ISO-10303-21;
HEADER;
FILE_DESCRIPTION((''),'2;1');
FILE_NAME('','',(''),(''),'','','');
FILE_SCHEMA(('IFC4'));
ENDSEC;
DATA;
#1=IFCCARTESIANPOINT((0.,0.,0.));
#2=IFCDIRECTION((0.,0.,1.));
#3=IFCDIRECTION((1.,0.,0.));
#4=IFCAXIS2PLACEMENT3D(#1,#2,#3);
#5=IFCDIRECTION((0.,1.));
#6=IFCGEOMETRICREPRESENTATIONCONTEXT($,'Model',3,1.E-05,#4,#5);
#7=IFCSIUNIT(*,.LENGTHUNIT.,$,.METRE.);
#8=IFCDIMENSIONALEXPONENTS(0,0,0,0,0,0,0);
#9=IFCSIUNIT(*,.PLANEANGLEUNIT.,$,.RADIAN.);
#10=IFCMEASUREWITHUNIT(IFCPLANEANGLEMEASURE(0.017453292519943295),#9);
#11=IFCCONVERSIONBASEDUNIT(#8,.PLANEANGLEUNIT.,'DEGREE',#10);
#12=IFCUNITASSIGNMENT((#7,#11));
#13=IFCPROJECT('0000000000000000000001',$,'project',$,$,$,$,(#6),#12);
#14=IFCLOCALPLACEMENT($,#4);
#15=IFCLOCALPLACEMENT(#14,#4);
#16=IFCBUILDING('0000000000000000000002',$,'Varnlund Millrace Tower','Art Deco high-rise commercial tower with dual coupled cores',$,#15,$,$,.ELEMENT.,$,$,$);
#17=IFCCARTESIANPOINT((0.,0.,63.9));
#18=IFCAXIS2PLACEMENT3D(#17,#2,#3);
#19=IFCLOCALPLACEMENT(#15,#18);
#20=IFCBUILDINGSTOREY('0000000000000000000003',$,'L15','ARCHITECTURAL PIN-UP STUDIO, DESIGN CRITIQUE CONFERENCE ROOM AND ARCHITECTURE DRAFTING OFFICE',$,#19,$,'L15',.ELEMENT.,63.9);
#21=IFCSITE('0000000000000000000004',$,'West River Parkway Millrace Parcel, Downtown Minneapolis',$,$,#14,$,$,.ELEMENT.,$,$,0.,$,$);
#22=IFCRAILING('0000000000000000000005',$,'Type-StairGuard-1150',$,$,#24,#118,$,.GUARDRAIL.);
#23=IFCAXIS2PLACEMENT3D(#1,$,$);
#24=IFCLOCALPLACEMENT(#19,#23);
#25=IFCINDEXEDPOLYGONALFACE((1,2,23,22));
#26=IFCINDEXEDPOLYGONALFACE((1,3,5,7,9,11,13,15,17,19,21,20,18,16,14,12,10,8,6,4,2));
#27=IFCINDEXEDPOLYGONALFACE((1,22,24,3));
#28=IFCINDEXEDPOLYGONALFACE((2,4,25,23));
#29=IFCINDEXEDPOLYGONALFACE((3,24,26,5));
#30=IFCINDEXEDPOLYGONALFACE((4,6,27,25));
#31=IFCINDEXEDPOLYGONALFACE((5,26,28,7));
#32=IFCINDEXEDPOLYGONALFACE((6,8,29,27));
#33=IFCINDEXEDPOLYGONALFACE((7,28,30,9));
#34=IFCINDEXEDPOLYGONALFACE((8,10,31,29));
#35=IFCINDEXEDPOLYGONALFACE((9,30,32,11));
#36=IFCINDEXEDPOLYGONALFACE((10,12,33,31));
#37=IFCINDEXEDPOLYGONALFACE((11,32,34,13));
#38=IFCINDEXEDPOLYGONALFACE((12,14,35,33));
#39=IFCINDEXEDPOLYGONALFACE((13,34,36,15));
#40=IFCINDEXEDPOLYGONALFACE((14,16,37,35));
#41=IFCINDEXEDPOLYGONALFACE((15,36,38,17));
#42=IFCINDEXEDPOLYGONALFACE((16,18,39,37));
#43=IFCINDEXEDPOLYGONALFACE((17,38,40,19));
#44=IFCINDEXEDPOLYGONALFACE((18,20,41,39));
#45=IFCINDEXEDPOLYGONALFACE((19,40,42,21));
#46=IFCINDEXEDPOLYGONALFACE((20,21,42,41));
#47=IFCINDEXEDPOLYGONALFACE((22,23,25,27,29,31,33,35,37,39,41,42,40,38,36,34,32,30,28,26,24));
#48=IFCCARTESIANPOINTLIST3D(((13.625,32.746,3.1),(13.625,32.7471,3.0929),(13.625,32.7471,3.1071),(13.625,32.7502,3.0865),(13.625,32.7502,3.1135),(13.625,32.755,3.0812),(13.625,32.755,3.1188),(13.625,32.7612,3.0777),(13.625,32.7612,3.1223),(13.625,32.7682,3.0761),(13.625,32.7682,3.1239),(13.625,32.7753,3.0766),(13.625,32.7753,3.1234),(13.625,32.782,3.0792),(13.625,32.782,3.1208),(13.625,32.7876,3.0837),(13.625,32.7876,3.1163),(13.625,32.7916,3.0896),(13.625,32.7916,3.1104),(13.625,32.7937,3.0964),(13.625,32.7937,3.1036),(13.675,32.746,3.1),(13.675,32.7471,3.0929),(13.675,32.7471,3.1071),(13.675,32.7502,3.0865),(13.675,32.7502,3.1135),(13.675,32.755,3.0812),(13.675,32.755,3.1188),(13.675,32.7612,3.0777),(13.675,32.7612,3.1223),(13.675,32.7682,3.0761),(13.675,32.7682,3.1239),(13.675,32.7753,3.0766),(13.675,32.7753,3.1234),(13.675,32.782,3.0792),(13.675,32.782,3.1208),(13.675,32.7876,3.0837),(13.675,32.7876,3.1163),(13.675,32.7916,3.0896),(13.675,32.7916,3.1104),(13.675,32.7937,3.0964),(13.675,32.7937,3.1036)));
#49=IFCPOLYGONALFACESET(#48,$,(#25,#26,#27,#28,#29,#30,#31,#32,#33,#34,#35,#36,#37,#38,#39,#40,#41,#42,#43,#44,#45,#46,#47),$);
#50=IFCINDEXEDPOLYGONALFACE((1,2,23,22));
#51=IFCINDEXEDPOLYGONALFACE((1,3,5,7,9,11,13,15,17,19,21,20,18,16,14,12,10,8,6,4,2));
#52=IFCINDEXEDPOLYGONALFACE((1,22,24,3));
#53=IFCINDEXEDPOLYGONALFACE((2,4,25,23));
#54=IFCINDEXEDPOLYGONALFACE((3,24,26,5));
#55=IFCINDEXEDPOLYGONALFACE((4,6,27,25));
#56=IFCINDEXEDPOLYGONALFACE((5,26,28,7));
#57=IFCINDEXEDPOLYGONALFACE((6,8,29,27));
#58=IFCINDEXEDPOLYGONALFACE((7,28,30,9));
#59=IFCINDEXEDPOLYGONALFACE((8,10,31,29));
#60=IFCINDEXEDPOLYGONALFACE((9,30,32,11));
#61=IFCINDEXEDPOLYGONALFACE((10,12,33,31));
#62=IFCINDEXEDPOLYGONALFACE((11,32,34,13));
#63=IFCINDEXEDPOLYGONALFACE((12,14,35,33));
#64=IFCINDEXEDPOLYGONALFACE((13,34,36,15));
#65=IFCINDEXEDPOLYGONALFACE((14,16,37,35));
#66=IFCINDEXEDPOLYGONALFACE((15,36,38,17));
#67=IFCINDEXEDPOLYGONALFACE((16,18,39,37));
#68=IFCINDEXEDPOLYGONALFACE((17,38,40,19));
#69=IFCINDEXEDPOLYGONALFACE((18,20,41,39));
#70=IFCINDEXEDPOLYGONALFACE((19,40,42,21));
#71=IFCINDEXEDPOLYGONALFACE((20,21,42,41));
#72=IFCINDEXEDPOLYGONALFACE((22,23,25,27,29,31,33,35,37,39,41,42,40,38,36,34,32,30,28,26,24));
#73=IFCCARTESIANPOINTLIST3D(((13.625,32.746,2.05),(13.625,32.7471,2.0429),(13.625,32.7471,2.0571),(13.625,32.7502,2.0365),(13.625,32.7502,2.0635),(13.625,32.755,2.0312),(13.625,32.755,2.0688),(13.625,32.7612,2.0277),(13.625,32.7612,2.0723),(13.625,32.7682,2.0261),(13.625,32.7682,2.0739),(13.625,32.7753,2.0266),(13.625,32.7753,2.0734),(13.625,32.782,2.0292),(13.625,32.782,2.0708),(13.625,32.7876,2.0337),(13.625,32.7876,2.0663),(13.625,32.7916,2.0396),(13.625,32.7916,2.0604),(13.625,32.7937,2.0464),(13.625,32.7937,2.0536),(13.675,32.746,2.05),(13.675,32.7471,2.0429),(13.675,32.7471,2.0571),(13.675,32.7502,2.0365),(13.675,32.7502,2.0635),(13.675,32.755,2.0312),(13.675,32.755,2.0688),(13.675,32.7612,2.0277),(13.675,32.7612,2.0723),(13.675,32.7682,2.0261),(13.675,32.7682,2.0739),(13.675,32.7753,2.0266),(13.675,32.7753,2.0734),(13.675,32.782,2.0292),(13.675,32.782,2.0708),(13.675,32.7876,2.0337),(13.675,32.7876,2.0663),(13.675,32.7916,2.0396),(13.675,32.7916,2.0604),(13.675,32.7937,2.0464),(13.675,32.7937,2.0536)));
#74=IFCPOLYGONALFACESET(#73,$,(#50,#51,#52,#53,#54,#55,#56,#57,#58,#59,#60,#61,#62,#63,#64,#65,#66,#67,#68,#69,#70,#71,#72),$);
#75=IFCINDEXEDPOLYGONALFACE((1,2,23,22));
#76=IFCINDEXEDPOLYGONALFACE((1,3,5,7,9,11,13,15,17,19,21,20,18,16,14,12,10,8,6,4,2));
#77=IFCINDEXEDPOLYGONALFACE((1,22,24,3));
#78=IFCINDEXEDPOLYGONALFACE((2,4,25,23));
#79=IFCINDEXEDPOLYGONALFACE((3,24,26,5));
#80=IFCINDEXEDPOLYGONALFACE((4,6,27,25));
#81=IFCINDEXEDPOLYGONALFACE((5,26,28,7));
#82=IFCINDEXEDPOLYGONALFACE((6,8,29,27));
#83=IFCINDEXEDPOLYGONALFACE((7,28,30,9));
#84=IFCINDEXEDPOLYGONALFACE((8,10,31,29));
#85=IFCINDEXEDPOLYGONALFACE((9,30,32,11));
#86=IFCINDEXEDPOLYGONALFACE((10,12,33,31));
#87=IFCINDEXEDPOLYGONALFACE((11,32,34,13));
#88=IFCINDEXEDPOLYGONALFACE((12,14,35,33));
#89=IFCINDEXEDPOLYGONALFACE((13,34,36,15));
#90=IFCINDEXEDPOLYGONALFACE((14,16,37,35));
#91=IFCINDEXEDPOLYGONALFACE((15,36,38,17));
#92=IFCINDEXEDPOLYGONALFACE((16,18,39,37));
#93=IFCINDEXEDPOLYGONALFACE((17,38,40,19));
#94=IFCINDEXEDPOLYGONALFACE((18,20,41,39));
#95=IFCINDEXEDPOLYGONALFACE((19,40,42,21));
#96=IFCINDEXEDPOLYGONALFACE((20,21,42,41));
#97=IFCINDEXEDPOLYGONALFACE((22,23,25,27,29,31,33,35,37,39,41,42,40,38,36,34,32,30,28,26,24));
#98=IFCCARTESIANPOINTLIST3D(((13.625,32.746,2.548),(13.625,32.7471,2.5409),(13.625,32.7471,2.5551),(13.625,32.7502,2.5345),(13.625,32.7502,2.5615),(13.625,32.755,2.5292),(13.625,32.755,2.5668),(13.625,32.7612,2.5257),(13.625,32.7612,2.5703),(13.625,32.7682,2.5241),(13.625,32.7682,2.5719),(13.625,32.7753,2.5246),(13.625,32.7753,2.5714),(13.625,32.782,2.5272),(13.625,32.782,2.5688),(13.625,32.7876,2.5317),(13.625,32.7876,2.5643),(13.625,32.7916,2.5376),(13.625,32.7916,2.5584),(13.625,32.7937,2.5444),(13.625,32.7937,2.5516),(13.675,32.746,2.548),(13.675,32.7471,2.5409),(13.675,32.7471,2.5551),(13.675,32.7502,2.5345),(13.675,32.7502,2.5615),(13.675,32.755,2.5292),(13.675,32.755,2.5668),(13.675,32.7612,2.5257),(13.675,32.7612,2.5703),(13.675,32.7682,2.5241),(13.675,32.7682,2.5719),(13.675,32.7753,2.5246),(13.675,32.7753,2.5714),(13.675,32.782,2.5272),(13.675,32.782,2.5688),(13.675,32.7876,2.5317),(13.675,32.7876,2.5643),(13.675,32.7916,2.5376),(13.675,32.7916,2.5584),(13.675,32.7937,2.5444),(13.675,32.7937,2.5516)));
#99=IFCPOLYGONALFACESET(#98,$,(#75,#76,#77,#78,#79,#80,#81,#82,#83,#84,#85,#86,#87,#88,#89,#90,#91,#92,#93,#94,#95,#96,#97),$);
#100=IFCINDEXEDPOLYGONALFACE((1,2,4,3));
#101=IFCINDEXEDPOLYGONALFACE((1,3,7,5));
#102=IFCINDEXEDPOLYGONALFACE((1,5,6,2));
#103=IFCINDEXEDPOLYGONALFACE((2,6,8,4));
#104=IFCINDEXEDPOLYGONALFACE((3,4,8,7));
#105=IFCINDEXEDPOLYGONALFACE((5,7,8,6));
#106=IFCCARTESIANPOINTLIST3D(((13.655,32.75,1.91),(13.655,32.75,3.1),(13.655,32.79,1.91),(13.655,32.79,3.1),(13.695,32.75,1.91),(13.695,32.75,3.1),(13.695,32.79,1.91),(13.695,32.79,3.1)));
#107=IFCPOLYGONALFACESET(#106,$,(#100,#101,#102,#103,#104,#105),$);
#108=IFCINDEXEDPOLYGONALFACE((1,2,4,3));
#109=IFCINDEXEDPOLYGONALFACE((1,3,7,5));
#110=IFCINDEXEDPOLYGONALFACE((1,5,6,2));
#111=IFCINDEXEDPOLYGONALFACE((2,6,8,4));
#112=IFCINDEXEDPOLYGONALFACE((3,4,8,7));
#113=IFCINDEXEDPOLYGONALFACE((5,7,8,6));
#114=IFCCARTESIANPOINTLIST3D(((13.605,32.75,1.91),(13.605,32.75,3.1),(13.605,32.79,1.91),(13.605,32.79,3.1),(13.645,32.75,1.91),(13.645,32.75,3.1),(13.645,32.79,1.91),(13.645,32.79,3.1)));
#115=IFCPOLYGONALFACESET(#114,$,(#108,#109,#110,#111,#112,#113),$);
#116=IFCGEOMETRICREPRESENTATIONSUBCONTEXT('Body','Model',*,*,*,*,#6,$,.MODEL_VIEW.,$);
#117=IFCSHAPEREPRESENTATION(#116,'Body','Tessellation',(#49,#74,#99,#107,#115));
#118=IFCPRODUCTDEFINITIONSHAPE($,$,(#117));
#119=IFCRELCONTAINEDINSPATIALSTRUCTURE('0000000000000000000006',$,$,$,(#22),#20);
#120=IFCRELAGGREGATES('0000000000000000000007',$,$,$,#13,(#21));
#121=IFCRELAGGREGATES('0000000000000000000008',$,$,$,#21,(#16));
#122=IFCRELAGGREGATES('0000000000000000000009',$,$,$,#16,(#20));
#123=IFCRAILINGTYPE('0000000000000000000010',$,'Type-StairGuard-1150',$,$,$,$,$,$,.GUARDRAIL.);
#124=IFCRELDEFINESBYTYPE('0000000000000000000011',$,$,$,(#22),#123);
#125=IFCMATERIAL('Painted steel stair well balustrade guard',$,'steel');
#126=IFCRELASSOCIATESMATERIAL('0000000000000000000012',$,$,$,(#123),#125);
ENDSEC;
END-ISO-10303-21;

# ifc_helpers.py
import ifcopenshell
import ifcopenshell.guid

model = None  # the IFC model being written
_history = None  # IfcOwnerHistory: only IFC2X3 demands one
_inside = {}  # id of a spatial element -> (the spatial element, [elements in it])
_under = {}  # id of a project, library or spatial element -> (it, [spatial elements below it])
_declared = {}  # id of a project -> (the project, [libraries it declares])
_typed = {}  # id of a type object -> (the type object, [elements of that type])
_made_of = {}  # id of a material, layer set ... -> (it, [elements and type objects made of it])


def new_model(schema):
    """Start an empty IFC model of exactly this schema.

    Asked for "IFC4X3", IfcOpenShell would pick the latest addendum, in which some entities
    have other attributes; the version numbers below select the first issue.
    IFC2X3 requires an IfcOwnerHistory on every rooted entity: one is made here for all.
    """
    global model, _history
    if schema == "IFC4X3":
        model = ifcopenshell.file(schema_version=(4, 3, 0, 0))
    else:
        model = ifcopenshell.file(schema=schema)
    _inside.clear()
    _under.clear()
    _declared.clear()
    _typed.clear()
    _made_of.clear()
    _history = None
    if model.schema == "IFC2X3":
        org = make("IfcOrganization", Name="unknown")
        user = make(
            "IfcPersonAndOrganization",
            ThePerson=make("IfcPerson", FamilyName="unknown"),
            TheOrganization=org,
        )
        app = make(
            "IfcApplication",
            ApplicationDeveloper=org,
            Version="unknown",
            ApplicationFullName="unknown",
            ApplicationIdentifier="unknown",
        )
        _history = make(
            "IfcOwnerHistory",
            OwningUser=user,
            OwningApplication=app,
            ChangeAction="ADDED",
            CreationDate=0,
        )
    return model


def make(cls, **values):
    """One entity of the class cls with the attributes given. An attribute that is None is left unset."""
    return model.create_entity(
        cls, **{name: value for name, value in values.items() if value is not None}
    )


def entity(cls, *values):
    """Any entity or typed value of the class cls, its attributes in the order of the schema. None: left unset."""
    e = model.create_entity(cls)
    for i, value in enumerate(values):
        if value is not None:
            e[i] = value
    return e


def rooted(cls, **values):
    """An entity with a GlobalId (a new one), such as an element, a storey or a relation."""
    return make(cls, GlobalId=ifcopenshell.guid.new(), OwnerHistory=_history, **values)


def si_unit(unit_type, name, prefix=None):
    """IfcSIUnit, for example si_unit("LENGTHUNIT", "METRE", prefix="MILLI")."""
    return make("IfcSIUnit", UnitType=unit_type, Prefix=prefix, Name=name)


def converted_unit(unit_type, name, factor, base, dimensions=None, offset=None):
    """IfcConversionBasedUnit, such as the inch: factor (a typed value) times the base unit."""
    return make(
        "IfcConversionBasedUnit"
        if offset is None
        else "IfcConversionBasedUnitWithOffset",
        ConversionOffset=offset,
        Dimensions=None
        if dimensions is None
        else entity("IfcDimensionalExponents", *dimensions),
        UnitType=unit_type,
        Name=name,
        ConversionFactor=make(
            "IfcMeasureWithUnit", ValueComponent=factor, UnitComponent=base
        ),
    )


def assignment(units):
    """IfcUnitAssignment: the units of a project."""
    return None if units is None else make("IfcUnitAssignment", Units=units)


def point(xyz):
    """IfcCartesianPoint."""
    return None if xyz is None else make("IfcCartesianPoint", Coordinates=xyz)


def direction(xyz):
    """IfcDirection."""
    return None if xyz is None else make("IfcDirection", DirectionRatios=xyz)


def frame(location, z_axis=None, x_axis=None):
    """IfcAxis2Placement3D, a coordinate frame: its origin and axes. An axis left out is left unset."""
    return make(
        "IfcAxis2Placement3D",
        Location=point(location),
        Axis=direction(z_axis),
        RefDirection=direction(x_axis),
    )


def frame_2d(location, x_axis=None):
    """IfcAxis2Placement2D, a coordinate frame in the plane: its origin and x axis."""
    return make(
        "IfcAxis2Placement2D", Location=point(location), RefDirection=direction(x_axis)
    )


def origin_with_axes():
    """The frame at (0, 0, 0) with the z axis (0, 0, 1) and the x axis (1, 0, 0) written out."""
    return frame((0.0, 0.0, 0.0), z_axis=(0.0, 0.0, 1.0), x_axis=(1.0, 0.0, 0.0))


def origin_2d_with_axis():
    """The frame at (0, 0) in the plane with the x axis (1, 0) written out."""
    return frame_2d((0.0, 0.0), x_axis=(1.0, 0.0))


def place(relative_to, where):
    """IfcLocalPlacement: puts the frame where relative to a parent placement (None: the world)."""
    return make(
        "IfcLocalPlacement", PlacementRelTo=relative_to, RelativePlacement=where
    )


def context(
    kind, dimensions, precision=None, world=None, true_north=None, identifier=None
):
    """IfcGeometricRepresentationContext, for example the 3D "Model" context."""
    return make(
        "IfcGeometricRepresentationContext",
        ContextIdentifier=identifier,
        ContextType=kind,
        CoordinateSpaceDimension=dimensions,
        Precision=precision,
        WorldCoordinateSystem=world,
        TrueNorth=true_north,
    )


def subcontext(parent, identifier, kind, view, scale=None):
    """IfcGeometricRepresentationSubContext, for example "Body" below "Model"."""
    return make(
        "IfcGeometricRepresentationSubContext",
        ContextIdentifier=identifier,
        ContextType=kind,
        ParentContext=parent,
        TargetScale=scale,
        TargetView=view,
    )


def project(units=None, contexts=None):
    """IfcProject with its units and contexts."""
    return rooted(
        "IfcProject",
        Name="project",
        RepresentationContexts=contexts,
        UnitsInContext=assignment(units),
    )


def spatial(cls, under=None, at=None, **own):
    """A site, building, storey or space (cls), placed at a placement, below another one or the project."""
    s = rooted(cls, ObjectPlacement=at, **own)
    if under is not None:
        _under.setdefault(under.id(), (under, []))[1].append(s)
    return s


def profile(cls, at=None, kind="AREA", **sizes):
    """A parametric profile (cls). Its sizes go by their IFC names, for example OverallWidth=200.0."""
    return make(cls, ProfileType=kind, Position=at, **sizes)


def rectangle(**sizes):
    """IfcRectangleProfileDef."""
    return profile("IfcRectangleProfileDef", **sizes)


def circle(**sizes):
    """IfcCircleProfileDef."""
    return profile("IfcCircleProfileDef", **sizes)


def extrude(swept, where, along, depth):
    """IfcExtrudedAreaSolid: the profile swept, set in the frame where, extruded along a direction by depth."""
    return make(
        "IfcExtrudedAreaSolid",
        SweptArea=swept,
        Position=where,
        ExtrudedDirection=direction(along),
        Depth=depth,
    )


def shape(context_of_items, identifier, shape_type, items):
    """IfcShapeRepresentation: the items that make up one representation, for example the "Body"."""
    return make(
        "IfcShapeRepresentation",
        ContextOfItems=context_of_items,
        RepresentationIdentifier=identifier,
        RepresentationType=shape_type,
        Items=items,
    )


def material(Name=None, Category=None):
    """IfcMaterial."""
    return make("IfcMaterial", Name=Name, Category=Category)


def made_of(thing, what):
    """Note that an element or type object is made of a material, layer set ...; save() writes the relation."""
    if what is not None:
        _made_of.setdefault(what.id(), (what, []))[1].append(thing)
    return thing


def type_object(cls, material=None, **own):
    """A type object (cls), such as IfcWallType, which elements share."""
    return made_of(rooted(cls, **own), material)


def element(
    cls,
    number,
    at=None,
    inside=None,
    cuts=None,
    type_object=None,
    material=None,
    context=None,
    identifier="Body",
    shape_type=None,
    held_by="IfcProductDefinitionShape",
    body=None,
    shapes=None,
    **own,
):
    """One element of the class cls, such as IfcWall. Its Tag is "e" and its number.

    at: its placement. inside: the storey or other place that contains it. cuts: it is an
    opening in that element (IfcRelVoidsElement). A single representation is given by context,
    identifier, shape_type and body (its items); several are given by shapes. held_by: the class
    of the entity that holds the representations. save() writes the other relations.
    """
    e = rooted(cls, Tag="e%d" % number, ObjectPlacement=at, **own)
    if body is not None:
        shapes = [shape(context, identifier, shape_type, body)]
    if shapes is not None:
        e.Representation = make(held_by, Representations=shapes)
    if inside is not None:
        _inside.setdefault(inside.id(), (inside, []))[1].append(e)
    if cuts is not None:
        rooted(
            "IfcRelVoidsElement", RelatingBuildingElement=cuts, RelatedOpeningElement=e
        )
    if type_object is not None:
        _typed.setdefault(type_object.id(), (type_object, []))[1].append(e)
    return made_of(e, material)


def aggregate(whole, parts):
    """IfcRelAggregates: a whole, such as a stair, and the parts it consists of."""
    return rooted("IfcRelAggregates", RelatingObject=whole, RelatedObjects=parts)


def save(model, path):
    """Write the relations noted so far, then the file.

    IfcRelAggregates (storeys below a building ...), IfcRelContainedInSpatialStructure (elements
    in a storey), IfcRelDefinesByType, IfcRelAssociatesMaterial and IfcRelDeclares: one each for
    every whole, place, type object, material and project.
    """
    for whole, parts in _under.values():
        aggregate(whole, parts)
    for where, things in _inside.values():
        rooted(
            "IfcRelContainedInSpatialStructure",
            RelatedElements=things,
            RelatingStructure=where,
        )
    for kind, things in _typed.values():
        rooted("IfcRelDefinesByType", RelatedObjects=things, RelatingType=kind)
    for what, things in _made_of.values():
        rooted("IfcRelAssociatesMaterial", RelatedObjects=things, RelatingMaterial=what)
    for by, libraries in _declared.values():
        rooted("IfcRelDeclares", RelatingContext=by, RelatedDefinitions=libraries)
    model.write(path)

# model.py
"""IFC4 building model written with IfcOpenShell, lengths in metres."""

from ifc_helpers import new_model, entity, si_unit, converted_unit, direction, frame, origin_with_axes, origin_2d_with_axis, place, context, subcontext, project, spatial, rectangle, circle, extrude, material, type_object, element, save


model = new_model("IFC4")

# Units and contexts
model_context = context("Model", 3, precision=1e-05, world=origin_with_axes(), true_north=direction((0.0, 1.0)))
body_context = subcontext(model_context, "Body", "Model", "MODEL_VIEW")
ifc_project = project(units=[si_unit("LENGTHUNIT", "METRE"), converted_unit("PLANEANGLEUNIT", "DEGREE", entity("IfcPlaneAngleMeasure", 0.017453292519943295), si_unit("PLANEANGLEUNIT", "RADIAN"), dimensions=[0, 0, 0, 0, 0, 0, 0])], contexts=[model_context])

# Site, building, storey
site_placement = place(None, origin_with_axes())
site = spatial("IfcSite", under=ifc_project, at=site_placement, Name="West River Parkway Millrace Parcel, Downtown Minneapolis", CompositionType="ELEMENT", RefElevation=0.0)
building_placement = place(site_placement, origin_with_axes())
building = spatial("IfcBuilding", under=site, at=building_placement, Name="Varnlund Millrace Tower", Description="Art Deco high-rise commercial tower with dual coupled cores", CompositionType="ELEMENT")
storey_placement = place(building_placement, frame((0.0, 0.0, 63.9), z_axis=(0.0, 0.0, 1.0), x_axis=(1.0, 0.0, 0.0)))
storey = spatial("IfcBuildingStorey", under=building, at=storey_placement, Name="L15", Description="ARCHITECTURAL PIN-UP STUDIO, DESIGN CRITIQUE CONFERENCE ROOM AND ARCHITECTURE DRAFTING OFFICE", LongName="L15", CompositionType="ELEMENT", Elevation=63.9)

# Railing
ifc_material_1 = material(Name="Painted steel stair well balustrade guard", Category="steel")
railing_type_1 = type_object("IfcRailingType", Name="Type-StairGuard-1150", PredefinedType="GUARDRAIL", material=ifc_material_1)
railing_1_placement = place(storey_placement, frame((0.0, 0.0, -63.9), z_axis=(0.0, 0.0, 1.0), x_axis=(1.0, 0.0, 0.0)))
element("IfcRailing", 1, at=railing_1_placement, inside=storey, type_object=railing_type_1, Name="Type-StairGuard-1150", PredefinedType="GUARDRAIL", context=body_context, shape_type="SweptSolid", body=[
    extrude(circle(Radius=0.024, at=origin_2d_with_axis()), frame((13.675, 32.77, 67.0), z_axis=(-1.0, 0.0, 0.0), x_axis=(0.0, -1.0, 0.0)), (0.0, 0.0, 1.0), 0.05),
    extrude(circle(Radius=0.024, at=origin_2d_with_axis()), frame((13.675, 32.77, 65.95), z_axis=(-1.0, 0.0, 0.0), x_axis=(0.0, -1.0, 0.0)), (0.0, 0.0, 1.0), 0.05),
    extrude(circle(Radius=0.024, at=origin_2d_with_axis()), frame((13.675, 32.77, 66.448), z_axis=(-1.0, 0.0, 0.0), x_axis=(0.0, -1.0, 0.0)), (0.0, 0.0, 1.0), 0.05),
    extrude(rectangle(XDim=0.04, YDim=0.04, at=origin_2d_with_axis()), frame((13.675, 32.77, 65.81), z_axis=(0.0, 0.0, 1.0), x_axis=(1.0, 0.0, 0.0)), (0.0, 0.0, 1.0), 1.19),
    extrude(rectangle(XDim=0.04, YDim=0.04, at=origin_2d_with_axis()), frame((13.625, 32.77, 65.81), z_axis=(0.0, 0.0, 1.0), x_axis=(1.0, 0.0, 0.0)), (0.0, 0.0, 1.0), 1.19),
])

save(model, "model.ifc")
